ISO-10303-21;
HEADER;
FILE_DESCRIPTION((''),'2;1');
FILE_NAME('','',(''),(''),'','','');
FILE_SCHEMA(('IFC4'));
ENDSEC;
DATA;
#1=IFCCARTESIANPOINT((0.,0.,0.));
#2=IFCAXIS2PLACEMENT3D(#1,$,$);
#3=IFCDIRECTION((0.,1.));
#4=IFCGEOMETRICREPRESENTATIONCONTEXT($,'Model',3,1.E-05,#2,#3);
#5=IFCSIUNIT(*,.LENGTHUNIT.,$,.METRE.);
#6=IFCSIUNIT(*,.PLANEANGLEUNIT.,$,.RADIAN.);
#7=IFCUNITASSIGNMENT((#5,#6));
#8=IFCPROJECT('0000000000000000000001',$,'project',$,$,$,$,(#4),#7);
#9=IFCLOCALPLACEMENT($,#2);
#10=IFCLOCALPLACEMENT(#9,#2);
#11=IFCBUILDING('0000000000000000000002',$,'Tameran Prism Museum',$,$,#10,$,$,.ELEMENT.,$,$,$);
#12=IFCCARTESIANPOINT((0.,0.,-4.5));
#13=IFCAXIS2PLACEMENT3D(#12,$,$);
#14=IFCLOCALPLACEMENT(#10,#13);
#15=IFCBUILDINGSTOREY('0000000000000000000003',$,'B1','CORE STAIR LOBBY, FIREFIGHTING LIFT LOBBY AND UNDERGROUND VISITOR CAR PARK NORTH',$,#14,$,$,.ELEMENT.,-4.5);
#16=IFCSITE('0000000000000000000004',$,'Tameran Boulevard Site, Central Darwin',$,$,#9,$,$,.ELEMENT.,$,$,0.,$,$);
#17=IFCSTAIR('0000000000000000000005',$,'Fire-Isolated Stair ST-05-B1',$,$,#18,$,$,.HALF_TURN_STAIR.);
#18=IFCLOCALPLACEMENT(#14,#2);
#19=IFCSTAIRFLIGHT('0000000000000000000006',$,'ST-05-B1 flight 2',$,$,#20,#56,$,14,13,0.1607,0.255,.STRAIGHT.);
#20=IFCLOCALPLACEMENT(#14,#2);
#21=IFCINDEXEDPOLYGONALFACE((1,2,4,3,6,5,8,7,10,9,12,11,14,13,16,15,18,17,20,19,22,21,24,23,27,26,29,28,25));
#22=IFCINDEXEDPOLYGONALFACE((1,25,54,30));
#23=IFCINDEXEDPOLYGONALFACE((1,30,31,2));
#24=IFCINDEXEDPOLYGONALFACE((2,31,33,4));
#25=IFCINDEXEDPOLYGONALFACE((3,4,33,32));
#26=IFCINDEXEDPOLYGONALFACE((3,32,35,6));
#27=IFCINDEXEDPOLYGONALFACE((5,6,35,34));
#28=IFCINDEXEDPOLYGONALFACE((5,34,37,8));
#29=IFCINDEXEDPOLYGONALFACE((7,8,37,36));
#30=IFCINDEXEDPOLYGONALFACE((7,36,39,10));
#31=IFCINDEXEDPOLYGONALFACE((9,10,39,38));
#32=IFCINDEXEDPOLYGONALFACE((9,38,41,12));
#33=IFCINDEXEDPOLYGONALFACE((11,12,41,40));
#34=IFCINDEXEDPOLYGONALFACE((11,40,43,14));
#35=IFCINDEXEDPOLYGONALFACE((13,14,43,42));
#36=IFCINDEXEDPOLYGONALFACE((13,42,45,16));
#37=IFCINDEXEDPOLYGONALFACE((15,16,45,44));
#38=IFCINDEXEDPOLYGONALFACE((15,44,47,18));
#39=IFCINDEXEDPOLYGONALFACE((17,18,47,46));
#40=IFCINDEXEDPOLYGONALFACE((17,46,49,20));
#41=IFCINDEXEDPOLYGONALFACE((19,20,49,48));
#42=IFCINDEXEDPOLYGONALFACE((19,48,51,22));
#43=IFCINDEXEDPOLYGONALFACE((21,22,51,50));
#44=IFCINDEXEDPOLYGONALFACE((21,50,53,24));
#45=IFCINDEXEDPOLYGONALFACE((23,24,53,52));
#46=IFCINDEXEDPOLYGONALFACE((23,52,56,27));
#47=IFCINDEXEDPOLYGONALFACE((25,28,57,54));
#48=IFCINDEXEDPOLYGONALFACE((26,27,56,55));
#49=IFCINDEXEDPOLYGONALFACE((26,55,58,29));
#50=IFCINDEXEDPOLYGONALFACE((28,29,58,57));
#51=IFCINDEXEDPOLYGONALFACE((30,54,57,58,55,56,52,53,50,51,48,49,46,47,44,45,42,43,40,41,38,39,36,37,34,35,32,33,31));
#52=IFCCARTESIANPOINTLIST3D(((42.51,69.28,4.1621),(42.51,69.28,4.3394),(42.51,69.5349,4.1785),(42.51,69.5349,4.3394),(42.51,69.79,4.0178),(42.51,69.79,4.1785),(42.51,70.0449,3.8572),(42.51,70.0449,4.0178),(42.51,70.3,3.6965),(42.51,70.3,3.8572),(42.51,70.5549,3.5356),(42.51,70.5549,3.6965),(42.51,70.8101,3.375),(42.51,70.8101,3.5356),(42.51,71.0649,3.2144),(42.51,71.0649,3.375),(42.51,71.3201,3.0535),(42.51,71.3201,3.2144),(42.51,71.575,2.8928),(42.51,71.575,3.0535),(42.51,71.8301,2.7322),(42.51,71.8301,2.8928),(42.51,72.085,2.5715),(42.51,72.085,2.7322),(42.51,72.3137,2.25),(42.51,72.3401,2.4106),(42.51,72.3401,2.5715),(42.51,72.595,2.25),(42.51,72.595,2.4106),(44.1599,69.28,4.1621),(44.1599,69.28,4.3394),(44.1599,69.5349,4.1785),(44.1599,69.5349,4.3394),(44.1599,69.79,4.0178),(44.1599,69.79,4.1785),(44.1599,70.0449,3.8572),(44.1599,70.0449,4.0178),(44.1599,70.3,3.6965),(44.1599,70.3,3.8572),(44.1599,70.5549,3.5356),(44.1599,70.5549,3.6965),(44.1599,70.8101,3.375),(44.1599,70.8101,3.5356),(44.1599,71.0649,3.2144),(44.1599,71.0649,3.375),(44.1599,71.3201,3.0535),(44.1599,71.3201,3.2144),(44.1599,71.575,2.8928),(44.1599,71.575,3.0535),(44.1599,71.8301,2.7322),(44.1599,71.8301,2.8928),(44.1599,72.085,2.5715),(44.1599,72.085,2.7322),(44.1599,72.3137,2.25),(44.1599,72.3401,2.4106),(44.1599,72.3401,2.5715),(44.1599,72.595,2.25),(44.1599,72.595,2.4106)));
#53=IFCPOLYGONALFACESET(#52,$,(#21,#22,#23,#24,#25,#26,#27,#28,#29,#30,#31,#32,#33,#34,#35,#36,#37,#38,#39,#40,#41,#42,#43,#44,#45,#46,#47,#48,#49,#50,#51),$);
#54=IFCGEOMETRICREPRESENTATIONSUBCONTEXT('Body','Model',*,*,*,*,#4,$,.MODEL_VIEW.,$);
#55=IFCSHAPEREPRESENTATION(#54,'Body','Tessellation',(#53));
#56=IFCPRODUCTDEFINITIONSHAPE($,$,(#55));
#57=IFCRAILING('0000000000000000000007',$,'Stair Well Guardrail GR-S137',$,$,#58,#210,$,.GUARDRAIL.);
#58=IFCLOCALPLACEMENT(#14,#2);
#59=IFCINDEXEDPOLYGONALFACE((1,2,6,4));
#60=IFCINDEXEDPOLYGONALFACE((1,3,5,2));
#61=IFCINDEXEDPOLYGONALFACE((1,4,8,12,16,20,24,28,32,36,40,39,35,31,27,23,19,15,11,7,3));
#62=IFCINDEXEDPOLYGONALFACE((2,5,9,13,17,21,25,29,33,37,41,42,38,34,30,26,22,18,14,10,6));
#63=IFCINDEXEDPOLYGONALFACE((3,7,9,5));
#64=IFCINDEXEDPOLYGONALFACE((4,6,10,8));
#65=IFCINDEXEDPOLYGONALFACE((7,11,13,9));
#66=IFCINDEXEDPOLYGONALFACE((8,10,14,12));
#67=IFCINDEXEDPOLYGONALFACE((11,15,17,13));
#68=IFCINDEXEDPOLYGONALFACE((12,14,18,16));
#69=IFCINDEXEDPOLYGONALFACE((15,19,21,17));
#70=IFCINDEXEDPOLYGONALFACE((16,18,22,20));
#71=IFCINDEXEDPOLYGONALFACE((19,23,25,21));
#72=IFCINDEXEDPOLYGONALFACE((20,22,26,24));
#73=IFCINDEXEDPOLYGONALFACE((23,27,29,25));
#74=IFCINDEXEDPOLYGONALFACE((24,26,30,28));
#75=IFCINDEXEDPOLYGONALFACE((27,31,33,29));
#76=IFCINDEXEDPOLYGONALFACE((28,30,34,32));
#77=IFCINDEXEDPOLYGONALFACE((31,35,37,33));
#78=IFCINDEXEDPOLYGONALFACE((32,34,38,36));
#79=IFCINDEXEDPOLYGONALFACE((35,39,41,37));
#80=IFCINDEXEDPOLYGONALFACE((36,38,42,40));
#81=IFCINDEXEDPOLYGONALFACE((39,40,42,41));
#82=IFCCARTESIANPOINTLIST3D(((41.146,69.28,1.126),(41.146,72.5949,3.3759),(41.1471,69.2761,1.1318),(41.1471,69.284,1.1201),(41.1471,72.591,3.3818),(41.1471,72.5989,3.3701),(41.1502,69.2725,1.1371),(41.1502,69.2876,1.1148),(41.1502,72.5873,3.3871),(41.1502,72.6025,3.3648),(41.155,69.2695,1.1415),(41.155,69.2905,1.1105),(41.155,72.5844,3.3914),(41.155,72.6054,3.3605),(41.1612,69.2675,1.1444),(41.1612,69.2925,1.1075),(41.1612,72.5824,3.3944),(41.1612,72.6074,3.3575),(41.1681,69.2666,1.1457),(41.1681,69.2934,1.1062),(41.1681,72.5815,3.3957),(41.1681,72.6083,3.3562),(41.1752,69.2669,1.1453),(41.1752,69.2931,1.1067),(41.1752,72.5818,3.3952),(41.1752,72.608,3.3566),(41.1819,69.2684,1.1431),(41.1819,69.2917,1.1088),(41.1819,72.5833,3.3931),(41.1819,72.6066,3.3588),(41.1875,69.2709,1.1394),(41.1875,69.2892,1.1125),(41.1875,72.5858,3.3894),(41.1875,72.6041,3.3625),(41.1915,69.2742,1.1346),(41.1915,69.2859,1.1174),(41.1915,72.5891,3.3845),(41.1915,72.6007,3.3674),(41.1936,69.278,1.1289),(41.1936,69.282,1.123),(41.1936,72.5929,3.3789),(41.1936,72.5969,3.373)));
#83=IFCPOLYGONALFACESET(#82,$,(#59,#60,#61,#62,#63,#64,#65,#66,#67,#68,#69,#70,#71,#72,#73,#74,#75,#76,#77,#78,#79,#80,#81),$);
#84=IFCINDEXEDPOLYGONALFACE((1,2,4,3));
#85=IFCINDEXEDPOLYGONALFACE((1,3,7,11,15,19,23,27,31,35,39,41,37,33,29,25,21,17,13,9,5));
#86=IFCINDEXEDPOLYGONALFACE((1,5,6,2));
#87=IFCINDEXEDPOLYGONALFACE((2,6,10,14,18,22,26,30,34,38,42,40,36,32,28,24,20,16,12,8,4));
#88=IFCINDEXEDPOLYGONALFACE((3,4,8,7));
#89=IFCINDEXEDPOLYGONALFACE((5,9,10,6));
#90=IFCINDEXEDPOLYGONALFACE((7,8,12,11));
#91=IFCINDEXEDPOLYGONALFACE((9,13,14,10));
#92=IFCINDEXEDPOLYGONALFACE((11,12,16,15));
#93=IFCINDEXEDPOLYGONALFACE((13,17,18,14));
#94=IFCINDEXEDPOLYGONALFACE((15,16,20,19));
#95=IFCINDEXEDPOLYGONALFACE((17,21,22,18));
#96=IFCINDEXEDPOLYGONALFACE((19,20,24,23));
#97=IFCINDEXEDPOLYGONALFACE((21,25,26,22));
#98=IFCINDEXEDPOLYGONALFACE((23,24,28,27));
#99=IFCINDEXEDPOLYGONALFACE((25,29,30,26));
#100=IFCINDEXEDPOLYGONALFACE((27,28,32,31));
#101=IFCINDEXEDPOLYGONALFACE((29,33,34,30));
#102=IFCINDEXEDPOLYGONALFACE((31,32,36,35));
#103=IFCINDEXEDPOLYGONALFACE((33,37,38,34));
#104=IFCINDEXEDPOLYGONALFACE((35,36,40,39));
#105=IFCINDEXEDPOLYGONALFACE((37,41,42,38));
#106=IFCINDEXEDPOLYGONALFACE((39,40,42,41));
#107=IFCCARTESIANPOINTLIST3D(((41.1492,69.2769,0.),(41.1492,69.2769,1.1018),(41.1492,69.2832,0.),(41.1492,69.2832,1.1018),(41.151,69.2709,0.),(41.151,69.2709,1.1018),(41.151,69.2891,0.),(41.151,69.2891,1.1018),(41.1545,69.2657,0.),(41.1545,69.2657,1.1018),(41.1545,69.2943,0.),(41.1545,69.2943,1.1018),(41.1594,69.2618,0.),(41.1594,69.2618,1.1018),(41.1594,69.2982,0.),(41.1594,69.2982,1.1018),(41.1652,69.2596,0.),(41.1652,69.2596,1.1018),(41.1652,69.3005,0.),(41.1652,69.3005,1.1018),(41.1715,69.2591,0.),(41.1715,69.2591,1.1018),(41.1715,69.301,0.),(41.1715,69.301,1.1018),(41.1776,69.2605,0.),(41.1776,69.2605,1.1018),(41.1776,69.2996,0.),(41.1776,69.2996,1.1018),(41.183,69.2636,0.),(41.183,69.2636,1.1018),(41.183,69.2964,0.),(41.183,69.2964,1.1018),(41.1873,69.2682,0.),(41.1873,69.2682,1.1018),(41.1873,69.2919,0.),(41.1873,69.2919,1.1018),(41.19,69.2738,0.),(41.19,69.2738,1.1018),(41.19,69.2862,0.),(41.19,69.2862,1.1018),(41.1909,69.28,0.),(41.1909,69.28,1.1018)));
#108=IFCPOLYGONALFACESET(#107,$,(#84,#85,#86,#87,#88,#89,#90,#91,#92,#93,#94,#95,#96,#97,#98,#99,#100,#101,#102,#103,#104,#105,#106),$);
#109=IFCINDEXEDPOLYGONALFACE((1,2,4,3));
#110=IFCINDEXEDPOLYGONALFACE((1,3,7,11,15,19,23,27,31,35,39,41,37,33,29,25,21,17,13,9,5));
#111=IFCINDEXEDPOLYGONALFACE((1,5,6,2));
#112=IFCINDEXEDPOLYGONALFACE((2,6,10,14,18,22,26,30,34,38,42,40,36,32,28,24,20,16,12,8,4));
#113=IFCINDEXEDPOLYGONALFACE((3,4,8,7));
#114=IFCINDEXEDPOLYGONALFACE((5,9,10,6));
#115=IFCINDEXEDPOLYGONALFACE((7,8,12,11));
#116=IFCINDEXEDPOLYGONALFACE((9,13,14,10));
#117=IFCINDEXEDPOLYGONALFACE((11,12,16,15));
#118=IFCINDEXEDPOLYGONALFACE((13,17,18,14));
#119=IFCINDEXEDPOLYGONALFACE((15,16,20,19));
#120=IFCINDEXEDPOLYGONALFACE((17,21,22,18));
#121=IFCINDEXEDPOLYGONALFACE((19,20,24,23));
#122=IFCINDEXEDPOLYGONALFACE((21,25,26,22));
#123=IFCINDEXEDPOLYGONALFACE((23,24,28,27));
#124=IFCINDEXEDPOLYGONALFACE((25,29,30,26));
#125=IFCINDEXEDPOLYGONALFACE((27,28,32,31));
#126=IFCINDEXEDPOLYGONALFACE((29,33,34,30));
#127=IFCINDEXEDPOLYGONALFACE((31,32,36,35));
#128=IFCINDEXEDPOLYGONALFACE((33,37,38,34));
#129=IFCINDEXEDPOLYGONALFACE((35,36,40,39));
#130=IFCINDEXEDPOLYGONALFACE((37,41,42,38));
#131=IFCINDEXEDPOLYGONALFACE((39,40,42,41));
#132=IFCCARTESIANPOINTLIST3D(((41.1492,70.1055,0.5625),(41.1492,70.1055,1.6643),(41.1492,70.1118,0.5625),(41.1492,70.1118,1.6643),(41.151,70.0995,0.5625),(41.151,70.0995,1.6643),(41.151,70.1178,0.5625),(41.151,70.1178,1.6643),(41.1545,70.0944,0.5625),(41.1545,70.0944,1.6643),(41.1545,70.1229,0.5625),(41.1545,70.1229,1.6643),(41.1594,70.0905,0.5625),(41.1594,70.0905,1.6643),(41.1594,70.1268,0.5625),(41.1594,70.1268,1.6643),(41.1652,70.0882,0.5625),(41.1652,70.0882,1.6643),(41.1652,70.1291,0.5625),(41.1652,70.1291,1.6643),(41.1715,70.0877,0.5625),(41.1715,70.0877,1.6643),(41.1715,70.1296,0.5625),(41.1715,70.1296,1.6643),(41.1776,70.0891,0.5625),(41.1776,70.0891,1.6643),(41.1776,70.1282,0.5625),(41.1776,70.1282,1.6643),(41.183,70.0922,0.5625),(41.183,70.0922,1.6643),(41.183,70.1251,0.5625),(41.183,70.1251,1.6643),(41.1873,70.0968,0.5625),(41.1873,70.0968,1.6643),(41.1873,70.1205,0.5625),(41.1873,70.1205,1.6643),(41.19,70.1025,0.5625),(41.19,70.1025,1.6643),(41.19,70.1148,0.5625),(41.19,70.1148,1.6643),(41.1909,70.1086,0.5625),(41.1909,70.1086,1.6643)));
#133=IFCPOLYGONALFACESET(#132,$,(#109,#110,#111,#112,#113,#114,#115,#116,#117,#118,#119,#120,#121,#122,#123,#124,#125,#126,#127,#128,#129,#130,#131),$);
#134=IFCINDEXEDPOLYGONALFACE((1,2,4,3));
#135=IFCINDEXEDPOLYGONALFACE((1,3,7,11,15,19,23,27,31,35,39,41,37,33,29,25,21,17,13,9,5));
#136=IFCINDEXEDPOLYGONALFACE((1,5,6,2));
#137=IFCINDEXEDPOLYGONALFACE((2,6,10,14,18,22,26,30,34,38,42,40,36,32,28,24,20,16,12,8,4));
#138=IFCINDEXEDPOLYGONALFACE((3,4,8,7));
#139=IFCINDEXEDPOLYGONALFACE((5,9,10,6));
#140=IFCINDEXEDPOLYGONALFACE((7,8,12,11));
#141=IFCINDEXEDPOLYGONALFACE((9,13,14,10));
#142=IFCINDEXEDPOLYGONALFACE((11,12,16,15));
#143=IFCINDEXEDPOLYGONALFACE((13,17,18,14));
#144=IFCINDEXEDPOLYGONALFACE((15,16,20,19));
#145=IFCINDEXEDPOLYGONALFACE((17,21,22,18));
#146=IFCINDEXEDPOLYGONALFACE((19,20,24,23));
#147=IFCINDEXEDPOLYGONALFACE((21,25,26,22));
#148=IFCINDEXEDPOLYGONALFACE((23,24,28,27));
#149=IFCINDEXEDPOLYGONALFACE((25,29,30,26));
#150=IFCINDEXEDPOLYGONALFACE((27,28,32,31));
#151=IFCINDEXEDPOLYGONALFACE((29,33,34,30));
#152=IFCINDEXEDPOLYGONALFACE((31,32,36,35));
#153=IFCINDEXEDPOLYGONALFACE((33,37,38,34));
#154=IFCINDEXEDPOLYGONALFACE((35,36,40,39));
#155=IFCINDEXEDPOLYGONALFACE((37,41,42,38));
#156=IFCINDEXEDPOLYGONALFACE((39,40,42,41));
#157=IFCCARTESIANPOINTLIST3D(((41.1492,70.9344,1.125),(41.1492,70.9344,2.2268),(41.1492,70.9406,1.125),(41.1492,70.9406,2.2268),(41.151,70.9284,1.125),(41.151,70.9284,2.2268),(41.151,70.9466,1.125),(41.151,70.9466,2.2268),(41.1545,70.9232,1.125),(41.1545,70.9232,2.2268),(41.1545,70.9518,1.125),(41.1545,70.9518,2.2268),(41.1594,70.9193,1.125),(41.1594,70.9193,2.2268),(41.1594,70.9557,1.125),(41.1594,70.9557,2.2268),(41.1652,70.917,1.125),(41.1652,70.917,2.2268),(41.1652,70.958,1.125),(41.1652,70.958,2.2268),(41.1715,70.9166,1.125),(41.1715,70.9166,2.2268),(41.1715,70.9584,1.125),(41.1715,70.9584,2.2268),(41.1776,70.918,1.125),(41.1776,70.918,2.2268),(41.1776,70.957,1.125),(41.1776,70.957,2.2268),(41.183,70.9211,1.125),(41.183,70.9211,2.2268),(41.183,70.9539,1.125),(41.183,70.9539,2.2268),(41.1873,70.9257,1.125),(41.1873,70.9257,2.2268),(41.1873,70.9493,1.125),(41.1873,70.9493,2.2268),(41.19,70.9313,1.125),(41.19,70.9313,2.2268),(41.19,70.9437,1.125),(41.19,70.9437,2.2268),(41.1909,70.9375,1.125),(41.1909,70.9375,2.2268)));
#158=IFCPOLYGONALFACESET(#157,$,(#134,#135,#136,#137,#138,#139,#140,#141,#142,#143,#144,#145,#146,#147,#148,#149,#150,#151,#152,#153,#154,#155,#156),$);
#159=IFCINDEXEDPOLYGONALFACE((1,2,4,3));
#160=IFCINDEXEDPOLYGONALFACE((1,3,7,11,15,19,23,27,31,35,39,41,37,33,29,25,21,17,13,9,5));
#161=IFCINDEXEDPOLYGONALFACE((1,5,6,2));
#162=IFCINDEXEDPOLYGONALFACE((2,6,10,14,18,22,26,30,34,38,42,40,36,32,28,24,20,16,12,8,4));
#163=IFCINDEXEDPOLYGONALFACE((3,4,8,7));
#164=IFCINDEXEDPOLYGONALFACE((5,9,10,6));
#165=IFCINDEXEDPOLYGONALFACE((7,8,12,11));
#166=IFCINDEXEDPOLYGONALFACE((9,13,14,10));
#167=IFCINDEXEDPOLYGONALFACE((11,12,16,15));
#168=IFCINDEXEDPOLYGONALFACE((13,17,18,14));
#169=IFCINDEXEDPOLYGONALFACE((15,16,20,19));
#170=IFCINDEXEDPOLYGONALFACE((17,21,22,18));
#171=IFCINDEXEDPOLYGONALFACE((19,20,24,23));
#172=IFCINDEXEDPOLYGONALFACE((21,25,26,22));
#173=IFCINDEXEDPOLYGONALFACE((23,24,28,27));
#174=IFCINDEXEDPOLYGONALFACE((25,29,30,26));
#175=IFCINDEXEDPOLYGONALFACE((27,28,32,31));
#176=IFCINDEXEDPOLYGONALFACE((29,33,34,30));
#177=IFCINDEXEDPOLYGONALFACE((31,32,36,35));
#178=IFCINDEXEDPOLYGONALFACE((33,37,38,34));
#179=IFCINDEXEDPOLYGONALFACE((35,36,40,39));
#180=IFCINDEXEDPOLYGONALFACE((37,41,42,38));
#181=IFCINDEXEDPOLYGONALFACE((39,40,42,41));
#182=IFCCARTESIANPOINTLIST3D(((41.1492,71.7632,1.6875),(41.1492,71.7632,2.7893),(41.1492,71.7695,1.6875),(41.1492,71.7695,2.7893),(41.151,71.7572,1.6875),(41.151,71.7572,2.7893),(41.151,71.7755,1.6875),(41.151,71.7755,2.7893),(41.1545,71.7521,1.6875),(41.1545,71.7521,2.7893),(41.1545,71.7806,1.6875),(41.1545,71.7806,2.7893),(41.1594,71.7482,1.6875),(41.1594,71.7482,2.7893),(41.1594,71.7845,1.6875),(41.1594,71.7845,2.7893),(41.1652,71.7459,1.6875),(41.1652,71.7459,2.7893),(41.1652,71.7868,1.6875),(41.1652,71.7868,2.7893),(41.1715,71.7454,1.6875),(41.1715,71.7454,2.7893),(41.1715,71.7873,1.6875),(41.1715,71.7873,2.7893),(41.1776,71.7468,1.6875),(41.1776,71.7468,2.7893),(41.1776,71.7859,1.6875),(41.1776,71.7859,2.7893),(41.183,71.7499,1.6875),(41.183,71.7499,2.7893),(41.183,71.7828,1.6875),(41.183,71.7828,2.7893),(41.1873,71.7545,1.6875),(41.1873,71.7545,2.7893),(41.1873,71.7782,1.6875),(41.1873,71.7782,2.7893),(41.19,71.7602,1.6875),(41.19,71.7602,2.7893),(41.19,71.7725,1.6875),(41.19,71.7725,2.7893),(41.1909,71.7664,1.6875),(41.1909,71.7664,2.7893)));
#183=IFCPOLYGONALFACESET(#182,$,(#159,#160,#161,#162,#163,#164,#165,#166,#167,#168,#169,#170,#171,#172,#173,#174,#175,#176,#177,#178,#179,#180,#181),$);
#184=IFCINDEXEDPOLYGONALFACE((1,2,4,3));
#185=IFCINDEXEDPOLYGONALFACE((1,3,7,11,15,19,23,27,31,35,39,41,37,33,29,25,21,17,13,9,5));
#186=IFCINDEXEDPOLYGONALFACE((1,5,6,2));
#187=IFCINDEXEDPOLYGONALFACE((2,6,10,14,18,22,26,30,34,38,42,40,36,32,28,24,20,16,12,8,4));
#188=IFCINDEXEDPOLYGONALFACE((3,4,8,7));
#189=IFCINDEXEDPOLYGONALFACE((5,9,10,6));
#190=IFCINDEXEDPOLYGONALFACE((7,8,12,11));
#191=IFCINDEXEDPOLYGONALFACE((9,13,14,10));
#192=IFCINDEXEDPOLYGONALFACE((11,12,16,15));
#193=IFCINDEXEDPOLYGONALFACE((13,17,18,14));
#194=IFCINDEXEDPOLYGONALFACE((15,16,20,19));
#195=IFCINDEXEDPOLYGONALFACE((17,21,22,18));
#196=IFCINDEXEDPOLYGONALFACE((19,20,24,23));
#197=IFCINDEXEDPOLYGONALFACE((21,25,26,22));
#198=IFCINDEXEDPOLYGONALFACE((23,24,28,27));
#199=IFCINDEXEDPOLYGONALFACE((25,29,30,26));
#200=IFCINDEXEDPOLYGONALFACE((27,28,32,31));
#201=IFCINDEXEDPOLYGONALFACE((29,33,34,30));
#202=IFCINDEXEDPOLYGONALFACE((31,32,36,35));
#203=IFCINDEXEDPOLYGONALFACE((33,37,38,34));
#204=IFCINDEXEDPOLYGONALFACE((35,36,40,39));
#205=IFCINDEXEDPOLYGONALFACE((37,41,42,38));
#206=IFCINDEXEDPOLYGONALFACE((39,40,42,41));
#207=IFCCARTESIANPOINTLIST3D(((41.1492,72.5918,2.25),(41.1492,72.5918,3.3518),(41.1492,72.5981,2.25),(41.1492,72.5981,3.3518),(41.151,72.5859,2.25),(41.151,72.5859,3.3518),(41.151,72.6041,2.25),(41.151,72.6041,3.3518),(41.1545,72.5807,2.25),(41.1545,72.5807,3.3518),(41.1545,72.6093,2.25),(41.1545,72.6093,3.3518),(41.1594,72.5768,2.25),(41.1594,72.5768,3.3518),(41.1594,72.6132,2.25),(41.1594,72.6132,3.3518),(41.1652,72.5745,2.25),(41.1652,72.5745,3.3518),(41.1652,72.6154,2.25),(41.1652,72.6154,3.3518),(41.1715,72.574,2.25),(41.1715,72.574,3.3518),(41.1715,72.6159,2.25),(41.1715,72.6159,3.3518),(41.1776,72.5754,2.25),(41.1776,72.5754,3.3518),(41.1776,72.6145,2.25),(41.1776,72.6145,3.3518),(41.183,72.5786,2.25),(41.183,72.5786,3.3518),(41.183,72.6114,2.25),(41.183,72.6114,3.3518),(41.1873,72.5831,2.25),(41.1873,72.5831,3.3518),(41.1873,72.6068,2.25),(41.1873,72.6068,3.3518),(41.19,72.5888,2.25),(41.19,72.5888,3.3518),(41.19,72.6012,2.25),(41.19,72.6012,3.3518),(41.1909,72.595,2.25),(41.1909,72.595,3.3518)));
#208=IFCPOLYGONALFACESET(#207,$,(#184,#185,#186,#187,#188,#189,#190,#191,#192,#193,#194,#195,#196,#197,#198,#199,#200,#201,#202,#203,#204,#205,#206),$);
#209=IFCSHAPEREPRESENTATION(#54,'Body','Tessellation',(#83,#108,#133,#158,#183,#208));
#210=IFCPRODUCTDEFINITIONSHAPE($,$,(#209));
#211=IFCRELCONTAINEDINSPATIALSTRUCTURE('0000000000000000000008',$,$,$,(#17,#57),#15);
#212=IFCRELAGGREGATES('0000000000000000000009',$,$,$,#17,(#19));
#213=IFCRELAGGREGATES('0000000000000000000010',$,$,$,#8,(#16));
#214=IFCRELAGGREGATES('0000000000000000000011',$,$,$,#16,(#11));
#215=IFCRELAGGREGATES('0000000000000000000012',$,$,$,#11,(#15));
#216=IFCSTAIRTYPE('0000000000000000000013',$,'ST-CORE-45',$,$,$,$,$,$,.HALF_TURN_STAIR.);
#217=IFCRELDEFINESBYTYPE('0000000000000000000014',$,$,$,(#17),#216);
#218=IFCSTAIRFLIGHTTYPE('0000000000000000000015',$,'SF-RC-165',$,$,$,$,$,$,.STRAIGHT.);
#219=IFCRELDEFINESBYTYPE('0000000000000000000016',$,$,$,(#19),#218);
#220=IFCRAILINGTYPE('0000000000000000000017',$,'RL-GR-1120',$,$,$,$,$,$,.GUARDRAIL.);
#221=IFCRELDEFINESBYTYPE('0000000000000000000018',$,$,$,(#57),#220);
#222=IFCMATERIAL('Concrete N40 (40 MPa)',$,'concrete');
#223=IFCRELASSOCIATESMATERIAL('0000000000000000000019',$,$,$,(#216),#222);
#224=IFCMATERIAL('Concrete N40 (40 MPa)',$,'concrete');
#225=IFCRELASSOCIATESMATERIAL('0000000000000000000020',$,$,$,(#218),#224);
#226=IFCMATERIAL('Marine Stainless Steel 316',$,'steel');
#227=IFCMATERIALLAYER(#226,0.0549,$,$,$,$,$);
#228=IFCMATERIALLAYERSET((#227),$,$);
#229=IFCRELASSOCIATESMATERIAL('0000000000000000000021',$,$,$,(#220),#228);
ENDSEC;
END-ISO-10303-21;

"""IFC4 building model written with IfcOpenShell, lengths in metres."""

from ifc_helpers import new_model, si_unit, direction, frame, origin, origin_2d, place, context, subcontext, project, spatial, polyline, circle, outline, extrude, material, layer, layer_set, type_object, element, aggregate, save


model = new_model("IFC4")

# Units and contexts
model_context = context("Model", 3, precision=1e-05, world=origin(), true_north=direction((0.0, 1.0)))
body_context = subcontext(model_context, "Body", "Model", "MODEL_VIEW")
ifc_project = project(units=[si_unit("LENGTHUNIT", "METRE"), si_unit("PLANEANGLEUNIT", "RADIAN")], contexts=[model_context])

# Site, building, storey
site_placement = place(None, origin())
site = spatial("IfcSite", under=ifc_project, at=site_placement, Name="Tameran Boulevard Site, Central Darwin", CompositionType="ELEMENT", RefElevation=0.0)
building_placement = place(site_placement, origin())
building = spatial("IfcBuilding", under=site, at=building_placement, Name="Tameran Prism Museum", CompositionType="ELEMENT")
storey_placement = place(building_placement, frame((0.0, 0.0, -4.5)))
storey = spatial("IfcBuildingStorey", under=building, at=storey_placement, Name="B1", Description="CORE STAIR LOBBY, FIREFIGHTING LIFT LOBBY AND UNDERGROUND VISITOR CAR PARK NORTH", CompositionType="ELEMENT", Elevation=-4.5)

# Stair, stair flight
ifc_material_1 = material(Name="Concrete N40 (40 MPa)", Category="concrete")
stair_type = type_object("IfcStairType", Name="ST-CORE-45", PredefinedType="HALF_TURN_STAIR", material=ifc_material_1)
stair_placement = place(storey_placement, origin())
stair = element("IfcStair", 1, at=stair_placement, inside=storey, type_object=stair_type, Name="Fire-Isolated Stair ST-05-B1", PredefinedType="HALF_TURN_STAIR")
ifc_material_2 = material(Name="Concrete N40 (40 MPa)", Category="concrete")
stair_flight_type = type_object("IfcStairFlightType", Name="SF-RC-165", PredefinedType="STRAIGHT", material=ifc_material_2)
stair_flight_1_placement = place(storey_placement, frame((43.335, 72.595, 2.25), z_axis=(0.0, 0.0, 1.0), x_axis=(0.0, -1.0, 0.0)))
stair_flight_1 = element("IfcStairFlight", 2, at=stair_flight_1_placement, type_object=stair_flight_type, Name="ST-05-B1 flight 2", NumberOfRisers=14, NumberOfTreads=13, PredefinedType="STRAIGHT", RiserHeight=0.1607, TreadLength=0.255, context=body_context, shape_type="SweptSolid", body=[
    extrude(outline(polyline([(0.0, 0.0), (0.0, 0.1606), (0.2549, 0.1606), (0.2549, 0.3215), (0.51, 0.3215), (0.51, 0.4822), (0.7649, 0.4822), (0.7649, 0.6428), (1.02, 0.6428), (1.02, 0.8035), (1.2749, 0.8035), (1.2749, 0.9644), (1.53, 0.9644), (1.53, 1.125), (1.7849, 1.125), (1.7849, 1.2856), (2.04, 1.2856), (2.04, 1.4465), (2.2949, 1.4465), (2.2949, 1.6072), (2.55, 1.6072), (2.55, 1.7678), (2.8049, 1.7678), (2.8049, 1.9285), (3.0601, 1.9285), (3.0601, 2.0894), (3.3149, 2.0894), (3.3149, 2.25), (3.3149, 1.9121), (0.2812, 0.0), (0.0, 0.0)])), frame((0.0, 0.825, 0.0), z_axis=(0.0, -1.0, 0.0), x_axis=(1.0, 0.0, 0.0)), (0.0, 0.0, 1.0), 1.6499),
])
aggregate(stair, [stair_flight_1])

# Railing
ifc_material_3 = material(Name="Marine Stainless Steel 316", Category="steel")
ifc_layer_1 = layer(ifc_material_3, 0.0549)
ifc_layer_set_1 = layer_set([ifc_layer_1])
railing_type_1 = type_object("IfcRailingType", Name="RL-GR-1120", PredefinedType="GUARDRAIL", material=ifc_layer_set_1)
railing_1_placement = place(storey_placement, frame((41.1699, 69.28, 0.0)))
element("IfcRailing", 3, at=railing_1_placement, inside=storey, type_object=railing_type_1, Name="Stair Well Guardrail GR-S137", PredefinedType="GUARDRAIL", context=body_context, shape_type="SweptSolid", body=[
    extrude(circle(Radius=0.0239, at=origin_2d()), frame((0.0, 0.0, 1.126), z_axis=(0.0, 0.827409, 0.5616), x_axis=(-1.0, 0.0, 0.0)), (0.0, 0.0, 1.0), 4.0063),
    extrude(circle(Radius=0.021, at=origin_2d()), origin(), (0.0, 0.0, 1.0), 1.1018),
    extrude(circle(Radius=0.021, at=origin_2d()), frame((0.0, 0.8286, 0.5625)), (0.0, 0.0, 1.0), 1.1018),
    extrude(circle(Radius=0.021, at=origin_2d()), frame((0.0, 1.6575, 1.125)), (0.0, 0.0, 1.0), 1.1018),
    extrude(circle(Radius=0.021, at=origin_2d()), frame((0.0, 2.4863, 1.6875)), (0.0, 0.0, 1.0), 1.1018),
    extrude(circle(Radius=0.021, at=origin_2d()), frame((0.0, 3.3149, 2.25)), (0.0, 0.0, 1.0), 1.1018),
])

save(model, "model.ifc")
